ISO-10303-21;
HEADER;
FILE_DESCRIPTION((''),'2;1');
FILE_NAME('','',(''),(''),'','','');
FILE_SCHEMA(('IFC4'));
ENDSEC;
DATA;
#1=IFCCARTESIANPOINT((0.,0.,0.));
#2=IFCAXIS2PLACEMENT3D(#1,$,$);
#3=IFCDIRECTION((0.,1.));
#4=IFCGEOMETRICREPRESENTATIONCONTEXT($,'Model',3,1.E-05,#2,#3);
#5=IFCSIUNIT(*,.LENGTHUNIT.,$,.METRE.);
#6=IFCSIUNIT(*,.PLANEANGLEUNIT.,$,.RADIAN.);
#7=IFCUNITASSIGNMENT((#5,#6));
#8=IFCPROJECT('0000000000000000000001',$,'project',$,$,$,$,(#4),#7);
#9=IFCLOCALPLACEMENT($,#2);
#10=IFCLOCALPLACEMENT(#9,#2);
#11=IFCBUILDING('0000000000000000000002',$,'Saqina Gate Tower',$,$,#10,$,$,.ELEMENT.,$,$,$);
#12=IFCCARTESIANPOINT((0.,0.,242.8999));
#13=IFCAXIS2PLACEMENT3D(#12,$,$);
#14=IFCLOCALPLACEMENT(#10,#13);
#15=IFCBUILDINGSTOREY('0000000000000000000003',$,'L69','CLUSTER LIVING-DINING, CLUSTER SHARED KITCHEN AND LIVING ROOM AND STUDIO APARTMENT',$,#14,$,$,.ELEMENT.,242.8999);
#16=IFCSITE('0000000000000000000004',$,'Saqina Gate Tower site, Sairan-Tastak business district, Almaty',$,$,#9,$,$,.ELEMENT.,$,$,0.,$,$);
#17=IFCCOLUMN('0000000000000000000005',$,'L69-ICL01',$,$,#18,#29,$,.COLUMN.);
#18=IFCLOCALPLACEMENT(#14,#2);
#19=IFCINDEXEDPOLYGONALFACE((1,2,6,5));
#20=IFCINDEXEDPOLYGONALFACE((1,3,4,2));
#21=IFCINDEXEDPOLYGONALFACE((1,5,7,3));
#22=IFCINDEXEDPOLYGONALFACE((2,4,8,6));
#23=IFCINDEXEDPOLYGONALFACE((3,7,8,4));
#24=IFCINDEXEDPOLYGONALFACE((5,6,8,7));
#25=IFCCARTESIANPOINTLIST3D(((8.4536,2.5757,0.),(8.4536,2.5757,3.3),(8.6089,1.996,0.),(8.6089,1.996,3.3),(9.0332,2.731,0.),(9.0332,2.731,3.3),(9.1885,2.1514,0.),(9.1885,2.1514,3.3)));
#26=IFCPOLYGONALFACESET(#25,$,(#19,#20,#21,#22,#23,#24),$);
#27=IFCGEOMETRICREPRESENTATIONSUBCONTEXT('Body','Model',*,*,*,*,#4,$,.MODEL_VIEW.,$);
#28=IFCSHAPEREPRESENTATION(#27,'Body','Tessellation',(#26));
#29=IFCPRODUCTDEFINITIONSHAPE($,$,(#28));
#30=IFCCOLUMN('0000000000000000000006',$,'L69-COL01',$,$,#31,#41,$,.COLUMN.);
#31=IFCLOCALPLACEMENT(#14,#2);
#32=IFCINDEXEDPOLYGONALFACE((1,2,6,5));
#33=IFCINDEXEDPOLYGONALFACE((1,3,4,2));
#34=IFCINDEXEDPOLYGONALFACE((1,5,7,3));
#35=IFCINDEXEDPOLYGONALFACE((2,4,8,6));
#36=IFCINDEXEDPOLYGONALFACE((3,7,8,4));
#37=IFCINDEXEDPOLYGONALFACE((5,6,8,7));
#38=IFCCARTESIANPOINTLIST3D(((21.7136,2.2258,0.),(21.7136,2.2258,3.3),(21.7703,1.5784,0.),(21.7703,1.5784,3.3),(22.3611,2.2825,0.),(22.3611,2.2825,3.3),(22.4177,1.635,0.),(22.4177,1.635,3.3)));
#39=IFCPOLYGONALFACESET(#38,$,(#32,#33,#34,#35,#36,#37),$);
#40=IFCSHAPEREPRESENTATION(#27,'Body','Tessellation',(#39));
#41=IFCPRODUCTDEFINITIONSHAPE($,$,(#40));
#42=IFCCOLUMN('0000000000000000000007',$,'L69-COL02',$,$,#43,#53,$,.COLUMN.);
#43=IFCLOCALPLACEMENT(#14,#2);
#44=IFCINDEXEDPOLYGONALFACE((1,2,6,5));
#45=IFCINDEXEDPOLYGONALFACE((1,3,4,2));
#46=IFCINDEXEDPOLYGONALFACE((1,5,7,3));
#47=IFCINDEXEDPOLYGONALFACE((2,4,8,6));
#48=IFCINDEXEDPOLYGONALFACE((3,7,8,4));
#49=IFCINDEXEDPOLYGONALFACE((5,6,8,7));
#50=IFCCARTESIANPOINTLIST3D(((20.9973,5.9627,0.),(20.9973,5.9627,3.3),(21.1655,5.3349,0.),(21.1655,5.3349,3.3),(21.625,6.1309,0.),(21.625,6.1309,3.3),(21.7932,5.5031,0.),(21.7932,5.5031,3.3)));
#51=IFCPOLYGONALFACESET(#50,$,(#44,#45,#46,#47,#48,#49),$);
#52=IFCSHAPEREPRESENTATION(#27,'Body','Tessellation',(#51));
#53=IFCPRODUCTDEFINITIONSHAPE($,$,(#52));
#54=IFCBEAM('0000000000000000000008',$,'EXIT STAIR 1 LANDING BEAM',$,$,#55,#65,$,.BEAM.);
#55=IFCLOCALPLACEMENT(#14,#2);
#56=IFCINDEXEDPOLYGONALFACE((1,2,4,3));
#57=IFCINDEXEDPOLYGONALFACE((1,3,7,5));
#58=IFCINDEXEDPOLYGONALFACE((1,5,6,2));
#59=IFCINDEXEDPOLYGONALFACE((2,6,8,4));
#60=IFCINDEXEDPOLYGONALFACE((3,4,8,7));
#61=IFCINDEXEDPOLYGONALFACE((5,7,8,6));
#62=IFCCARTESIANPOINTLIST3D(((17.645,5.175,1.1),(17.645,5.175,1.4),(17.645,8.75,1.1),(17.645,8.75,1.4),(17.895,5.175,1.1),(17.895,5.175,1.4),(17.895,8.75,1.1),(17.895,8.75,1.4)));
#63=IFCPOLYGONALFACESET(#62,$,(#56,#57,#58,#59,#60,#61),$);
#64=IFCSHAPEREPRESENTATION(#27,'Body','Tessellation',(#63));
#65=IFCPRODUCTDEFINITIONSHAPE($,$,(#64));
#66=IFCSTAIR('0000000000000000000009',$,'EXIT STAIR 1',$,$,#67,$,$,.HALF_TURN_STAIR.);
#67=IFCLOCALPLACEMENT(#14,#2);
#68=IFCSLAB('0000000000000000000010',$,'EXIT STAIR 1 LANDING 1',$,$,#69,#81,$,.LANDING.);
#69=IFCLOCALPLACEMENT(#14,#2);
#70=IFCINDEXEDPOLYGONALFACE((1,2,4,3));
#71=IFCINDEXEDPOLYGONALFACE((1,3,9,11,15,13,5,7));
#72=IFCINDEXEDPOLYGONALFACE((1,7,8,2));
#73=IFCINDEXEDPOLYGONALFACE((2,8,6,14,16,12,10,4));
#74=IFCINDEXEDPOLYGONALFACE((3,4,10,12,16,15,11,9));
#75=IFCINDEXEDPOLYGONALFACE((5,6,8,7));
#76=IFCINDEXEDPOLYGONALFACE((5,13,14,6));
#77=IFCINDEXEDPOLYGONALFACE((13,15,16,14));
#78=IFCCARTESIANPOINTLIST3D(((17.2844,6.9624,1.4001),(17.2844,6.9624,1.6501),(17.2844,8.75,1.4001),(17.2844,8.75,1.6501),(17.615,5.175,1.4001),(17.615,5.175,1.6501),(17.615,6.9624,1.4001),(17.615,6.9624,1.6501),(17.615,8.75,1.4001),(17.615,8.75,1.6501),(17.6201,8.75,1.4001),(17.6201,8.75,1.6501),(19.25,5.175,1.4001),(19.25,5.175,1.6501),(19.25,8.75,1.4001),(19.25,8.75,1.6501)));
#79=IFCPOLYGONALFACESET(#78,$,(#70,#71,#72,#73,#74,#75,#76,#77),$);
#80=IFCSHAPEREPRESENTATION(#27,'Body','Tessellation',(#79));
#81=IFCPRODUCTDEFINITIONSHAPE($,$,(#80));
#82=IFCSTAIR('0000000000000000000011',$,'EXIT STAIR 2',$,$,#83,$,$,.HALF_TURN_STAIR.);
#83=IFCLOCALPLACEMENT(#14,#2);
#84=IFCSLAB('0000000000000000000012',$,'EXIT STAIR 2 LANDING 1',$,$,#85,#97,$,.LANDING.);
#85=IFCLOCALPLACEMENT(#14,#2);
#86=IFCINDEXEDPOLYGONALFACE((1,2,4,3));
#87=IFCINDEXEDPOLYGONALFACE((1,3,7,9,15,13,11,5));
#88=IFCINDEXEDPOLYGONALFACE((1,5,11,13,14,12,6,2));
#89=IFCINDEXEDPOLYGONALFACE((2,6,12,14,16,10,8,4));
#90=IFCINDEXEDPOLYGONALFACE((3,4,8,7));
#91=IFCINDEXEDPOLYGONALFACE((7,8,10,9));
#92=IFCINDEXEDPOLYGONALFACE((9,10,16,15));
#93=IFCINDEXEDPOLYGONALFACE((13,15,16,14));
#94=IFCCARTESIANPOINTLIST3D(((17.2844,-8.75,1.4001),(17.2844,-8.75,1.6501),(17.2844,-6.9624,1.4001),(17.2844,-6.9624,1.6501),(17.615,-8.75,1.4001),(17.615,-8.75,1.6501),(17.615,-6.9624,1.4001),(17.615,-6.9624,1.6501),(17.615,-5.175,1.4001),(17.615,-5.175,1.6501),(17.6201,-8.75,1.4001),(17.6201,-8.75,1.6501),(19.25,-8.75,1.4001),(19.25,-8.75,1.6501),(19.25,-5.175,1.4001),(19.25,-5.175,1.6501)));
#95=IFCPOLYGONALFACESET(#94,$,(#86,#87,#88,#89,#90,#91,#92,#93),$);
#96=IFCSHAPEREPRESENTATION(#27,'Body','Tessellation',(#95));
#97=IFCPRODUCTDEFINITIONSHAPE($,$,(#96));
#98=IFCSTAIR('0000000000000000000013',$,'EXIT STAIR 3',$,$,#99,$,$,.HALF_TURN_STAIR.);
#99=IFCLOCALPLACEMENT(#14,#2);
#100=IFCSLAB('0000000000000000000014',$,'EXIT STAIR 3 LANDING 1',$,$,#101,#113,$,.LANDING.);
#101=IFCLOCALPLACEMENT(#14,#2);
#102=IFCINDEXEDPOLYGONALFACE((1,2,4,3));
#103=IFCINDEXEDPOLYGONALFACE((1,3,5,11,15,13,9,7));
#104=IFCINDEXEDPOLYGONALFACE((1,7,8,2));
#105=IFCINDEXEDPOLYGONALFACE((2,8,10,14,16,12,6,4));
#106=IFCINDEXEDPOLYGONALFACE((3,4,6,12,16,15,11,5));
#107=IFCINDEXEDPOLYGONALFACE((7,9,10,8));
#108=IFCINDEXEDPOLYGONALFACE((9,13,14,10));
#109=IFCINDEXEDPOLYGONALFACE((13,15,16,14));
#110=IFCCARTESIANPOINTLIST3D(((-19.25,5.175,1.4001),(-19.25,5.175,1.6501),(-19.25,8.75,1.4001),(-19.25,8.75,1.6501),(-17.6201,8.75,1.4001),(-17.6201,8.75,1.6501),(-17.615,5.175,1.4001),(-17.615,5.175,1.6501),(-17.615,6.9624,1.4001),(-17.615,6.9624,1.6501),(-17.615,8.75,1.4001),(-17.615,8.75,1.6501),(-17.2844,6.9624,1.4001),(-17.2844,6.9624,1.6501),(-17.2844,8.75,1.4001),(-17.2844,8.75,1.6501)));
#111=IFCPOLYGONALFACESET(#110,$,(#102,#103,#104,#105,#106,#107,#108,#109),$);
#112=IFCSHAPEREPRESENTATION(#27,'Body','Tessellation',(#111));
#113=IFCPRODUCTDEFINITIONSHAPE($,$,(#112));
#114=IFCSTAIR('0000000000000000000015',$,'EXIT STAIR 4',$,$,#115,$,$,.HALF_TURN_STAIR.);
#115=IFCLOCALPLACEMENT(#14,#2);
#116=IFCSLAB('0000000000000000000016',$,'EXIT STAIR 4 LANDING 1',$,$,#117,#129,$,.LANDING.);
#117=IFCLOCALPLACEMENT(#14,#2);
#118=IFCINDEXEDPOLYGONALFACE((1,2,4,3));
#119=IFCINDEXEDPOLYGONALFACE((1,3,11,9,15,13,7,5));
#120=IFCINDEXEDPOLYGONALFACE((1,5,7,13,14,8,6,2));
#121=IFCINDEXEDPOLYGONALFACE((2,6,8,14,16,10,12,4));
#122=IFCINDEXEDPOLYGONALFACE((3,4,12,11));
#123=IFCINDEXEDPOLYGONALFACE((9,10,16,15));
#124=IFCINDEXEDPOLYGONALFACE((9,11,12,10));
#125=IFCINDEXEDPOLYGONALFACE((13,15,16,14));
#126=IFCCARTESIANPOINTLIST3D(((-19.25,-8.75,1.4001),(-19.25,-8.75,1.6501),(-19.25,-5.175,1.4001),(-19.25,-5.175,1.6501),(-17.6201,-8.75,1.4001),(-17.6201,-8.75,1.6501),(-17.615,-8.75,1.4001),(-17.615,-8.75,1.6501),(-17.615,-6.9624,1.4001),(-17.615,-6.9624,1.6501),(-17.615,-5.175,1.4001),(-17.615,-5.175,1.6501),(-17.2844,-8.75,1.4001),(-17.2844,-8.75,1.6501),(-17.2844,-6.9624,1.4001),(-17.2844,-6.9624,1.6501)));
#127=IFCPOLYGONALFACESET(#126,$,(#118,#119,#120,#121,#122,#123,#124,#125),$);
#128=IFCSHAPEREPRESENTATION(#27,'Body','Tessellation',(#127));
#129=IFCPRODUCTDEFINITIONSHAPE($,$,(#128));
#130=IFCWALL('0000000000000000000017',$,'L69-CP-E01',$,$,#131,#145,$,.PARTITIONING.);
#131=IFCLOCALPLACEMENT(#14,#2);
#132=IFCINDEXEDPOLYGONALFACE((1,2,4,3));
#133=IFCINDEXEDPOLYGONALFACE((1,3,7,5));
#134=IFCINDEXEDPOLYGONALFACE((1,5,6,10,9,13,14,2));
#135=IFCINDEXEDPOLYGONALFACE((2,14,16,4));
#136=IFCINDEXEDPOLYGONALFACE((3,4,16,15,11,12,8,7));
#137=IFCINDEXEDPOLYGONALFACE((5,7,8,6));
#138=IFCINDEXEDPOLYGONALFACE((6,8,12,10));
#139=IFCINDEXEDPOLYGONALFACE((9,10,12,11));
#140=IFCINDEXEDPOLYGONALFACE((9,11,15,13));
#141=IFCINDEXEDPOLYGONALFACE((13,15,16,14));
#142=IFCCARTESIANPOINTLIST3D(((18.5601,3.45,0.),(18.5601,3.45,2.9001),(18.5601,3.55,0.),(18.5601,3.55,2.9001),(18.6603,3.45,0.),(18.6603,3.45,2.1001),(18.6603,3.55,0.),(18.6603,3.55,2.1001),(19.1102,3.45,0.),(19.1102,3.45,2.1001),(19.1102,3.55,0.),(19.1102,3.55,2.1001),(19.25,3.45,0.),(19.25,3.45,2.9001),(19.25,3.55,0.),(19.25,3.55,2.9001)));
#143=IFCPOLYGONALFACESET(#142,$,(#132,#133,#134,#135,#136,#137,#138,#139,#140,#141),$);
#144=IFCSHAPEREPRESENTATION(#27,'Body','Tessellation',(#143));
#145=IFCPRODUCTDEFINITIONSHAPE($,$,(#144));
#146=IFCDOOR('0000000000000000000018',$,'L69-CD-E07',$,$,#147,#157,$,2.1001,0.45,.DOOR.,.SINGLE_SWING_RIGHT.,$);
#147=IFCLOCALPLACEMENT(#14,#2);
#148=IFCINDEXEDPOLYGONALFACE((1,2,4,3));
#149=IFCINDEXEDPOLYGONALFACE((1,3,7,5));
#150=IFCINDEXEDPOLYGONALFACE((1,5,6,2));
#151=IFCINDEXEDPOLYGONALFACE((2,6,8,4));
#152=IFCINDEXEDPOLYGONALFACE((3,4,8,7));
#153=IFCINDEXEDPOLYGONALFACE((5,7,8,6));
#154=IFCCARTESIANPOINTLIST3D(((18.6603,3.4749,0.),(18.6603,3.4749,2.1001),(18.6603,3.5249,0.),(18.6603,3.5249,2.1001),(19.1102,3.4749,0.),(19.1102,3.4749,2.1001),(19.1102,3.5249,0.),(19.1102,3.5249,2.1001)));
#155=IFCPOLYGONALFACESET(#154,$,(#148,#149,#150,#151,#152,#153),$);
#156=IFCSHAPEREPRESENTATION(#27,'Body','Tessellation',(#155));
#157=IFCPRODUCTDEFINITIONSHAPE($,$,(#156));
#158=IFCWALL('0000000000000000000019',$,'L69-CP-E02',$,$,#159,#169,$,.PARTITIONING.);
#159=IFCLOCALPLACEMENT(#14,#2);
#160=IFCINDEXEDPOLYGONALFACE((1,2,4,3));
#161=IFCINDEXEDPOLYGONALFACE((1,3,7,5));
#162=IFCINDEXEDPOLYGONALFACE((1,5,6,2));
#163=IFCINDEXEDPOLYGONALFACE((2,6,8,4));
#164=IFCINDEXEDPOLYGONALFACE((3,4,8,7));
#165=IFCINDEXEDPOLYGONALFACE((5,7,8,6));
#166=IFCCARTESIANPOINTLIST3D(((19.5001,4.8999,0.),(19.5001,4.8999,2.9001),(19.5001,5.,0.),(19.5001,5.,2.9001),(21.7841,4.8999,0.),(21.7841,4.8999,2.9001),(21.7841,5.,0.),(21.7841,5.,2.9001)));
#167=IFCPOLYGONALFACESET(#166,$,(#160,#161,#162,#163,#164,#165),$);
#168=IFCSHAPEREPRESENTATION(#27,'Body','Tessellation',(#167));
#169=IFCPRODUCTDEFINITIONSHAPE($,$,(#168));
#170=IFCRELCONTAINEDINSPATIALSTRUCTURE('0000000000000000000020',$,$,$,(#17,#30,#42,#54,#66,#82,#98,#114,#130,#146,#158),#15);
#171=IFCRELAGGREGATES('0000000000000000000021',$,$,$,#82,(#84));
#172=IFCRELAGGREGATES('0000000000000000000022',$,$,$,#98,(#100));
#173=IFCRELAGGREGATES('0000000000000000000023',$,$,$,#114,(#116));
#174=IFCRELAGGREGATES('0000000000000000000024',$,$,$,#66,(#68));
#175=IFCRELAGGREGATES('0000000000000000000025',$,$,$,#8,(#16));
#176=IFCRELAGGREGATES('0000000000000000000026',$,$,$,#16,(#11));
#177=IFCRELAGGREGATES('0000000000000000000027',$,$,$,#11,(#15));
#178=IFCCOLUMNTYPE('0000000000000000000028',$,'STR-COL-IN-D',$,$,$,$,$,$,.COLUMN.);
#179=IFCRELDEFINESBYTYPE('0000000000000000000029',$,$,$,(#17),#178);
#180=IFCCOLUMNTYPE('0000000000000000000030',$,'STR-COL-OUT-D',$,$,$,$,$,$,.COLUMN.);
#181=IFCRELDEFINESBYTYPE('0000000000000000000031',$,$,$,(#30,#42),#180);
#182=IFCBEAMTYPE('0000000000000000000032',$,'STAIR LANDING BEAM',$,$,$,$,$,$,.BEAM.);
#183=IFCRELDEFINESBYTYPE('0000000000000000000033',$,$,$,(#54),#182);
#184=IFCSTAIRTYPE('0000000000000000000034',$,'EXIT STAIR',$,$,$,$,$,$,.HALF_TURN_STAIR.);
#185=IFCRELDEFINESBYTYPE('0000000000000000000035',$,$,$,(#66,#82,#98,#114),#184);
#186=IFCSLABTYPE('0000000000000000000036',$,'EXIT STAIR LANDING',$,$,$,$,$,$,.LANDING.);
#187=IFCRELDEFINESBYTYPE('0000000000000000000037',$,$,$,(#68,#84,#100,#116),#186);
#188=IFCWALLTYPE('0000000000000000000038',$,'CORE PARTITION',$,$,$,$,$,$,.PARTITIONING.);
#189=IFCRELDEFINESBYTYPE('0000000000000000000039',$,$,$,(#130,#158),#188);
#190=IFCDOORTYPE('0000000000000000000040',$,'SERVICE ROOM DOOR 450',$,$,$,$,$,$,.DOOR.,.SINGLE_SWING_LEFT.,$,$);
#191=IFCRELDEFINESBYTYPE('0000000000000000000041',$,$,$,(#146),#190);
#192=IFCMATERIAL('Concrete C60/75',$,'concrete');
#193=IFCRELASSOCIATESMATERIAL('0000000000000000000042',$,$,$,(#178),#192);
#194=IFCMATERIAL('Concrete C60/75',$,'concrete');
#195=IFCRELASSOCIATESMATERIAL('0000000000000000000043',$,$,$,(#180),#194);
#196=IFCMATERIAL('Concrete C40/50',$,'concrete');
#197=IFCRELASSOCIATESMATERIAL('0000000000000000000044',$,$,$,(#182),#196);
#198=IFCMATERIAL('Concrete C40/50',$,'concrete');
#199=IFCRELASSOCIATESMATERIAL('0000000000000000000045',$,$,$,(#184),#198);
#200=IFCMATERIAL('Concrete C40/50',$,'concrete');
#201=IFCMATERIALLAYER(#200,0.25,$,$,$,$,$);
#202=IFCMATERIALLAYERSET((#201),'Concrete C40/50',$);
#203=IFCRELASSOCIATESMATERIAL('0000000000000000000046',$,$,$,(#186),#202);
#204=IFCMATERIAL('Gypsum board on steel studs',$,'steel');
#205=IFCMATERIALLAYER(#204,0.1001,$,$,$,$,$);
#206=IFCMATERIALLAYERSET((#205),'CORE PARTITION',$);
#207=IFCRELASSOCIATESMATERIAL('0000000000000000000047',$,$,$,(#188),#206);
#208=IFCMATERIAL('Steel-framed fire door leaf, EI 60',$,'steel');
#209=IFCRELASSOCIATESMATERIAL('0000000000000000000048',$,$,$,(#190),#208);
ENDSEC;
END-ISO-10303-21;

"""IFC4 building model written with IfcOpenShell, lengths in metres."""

from ifc_helpers import new_model, si_unit, direction, frame, frame_2d, origin, origin_2d, place, context, subcontext, project, spatial, polyline, rectangle, outline, extrude, material, layer, layer_set, material_profile, profile_set, type_object, element, fill, aggregate, save


model = new_model("IFC4")

# Units and contexts
model_context = context("Model", 3, precision=1e-05, world=origin(), true_north=direction((0.0, 1.0)))
body_context = subcontext(model_context, "Body", "Model", "MODEL_VIEW")
ifc_project = project(units=[si_unit("LENGTHUNIT", "METRE"), si_unit("PLANEANGLEUNIT", "RADIAN")], contexts=[model_context])

# Site, building, storey
site_placement = place(None, origin())
site = spatial("IfcSite", under=ifc_project, at=site_placement, Name="Saqina Gate Tower site, Sairan-Tastak business district, Almaty", CompositionType="ELEMENT", RefElevation=0.0)
building_placement = place(site_placement, origin())
building = spatial("IfcBuilding", under=site, at=building_placement, Name="Saqina Gate Tower", CompositionType="ELEMENT")
storey_placement = place(building_placement, frame((0.0, 0.0, 242.8999)))
storey = spatial("IfcBuildingStorey", under=building, at=storey_placement, Name="L69", Description="CLUSTER LIVING-DINING, CLUSTER SHARED KITCHEN AND LIVING ROOM AND STUDIO APARTMENT", CompositionType="ELEMENT", Elevation=242.8999)

# Columns
ifc_material_1 = material(Name="Concrete C60/75", Category="concrete")
ifc_material_profile_1 = material_profile(ifc_material_1, rectangle(XDim=0.6001, YDim=0.6001, at=origin_2d()), Name="RC 600x600")
ifc_profile_set_1 = profile_set([ifc_material_profile_1], Name="Concrete C60/75")
column_type_1 = type_object("IfcColumnType", Name="STR-COL-IN-D", PredefinedType="COLUMN", material=ifc_profile_set_1)
column_placement = place(storey_placement, frame((8.821, 2.3635, 0.0), z_axis=(0.0, 0.0, 1.0), x_axis=(0.965926, 0.258819, 0.0)))
element("IfcColumn", 1, at=column_placement, inside=storey, type_object=column_type_1, Name="L69-ICL01", PredefinedType="COLUMN", context=body_context, shape_type="SweptSolid", body=[
    extrude(rectangle(XDim=0.6001, YDim=0.6001, at=origin_2d()), origin(), (0.0, 0.0, 1.0), 3.3),
])
ifc_material_2 = material(Name="Concrete C60/75", Category="concrete")
ifc_material_profile_2 = material_profile(ifc_material_2, rectangle(XDim=0.6499, YDim=0.6499, at=origin_2d()), Name="RC 650x650")
ifc_profile_set_2 = profile_set([ifc_material_profile_2], Name="Concrete C60/75")
column_type_2 = type_object("IfcColumnType", Name="STR-COL-OUT-D", PredefinedType="COLUMN", material=ifc_profile_set_2)
for number, where, z_axis, x_axis, name in (
    (2, (22.0657, 1.9304, 0.0), (0.0, 0.0, 1.0), (0.996195, 0.087156, 0.0), "L69-COL01"),
    (3, (21.3953, 5.7329, 0.0), (0.0, 0.0, 1.0), (0.965926, 0.258819, 0.0), "L69-COL02"),
):
    element("IfcColumn", number, at=place(storey_placement, frame(where, z_axis=z_axis, x_axis=x_axis)), inside=storey, type_object=column_type_2, Name=name, PredefinedType="COLUMN", context=body_context, shape_type="SweptSolid", body=[
        extrude(rectangle(XDim=0.6499, YDim=0.6499, at=origin_2d()), origin(), (0.0, 0.0, 1.0), 3.3),
    ])

# Beam
ifc_material_3 = material(Name="Concrete C40/50", Category="concrete")
ifc_material_profile_3 = material_profile(ifc_material_3, rectangle(XDim=0.25, YDim=0.3, at=origin_2d()), Name="STAIR LANDING BEAM")
ifc_profile_set_3 = profile_set([ifc_material_profile_3], Name="Concrete C40/50")
beam_type = type_object("IfcBeamType", Name="STAIR LANDING BEAM", PredefinedType="BEAM", material=ifc_profile_set_3)
beam_placement = place(storey_placement, frame((17.77, 5.175, 1.25), z_axis=(0.0, 1.0, 0.0), x_axis=(-1.0, 0.0, 0.0)))
element("IfcBeam", 4, at=beam_placement, inside=storey, type_object=beam_type, Name="EXIT STAIR 1 LANDING BEAM", PredefinedType="BEAM", context=body_context, shape_type="SweptSolid", body=[
    extrude(rectangle(XDim=0.25, YDim=0.3, at=origin_2d()), origin(), (0.0, 0.0, 1.0), 3.575),
])

# Stairs, slabs
ifc_material_4 = material(Name="Concrete C40/50", Category="concrete")
stair_type = type_object("IfcStairType", Name="EXIT STAIR", PredefinedType="HALF_TURN_STAIR", material=ifc_material_4)
stair_1_placement = place(storey_placement, origin())
stair_1 = element("IfcStair", 5, at=stair_1_placement, inside=storey, type_object=stair_type, Name="EXIT STAIR 1", PredefinedType="HALF_TURN_STAIR")
ifc_material_5 = material(Name="Concrete C40/50", Category="concrete")
ifc_layer_1 = layer(ifc_material_5, 0.25)
ifc_layer_set_1 = layer_set([ifc_layer_1], Name="Concrete C40/50")
slab_type = type_object("IfcSlabType", Name="EXIT STAIR LANDING", PredefinedType="LANDING", material=ifc_layer_set_1)
slab_1_placement = place(storey_placement, frame((0.0, 0.0, 1.4001)))
slab_1 = element("IfcSlab", 6, at=slab_1_placement, type_object=slab_type, Name="EXIT STAIR 1 LANDING 1", PredefinedType="LANDING", context=body_context, shape_type="SweptSolid", body=[
    extrude(outline(polyline([(19.25, 8.75), (19.25, 5.175), (17.615, 5.175), (17.615, 6.9624), (17.2844, 6.9624), (17.2844, 8.75), (17.615, 8.75), (17.6201, 8.75), (19.25, 8.75)])), origin(), (0.0, 0.0, 1.0), 0.25),
])
stair_2_placement = place(storey_placement, origin())
stair_2 = element("IfcStair", 7, at=stair_2_placement, inside=storey, type_object=stair_type, Name="EXIT STAIR 2", PredefinedType="HALF_TURN_STAIR")
slab_2_placement = place(storey_placement, frame((0.0, 0.0, 1.4001)))
slab_2 = element("IfcSlab", 8, at=slab_2_placement, type_object=slab_type, Name="EXIT STAIR 2 LANDING 1", PredefinedType="LANDING", context=body_context, shape_type="SweptSolid", body=[
    extrude(outline(polyline([(17.2844, -8.75), (17.2844, -6.9624), (17.615, -6.9624), (17.615, -5.175), (19.25, -5.175), (19.25, -8.75), (17.6201, -8.75), (17.615, -8.75), (17.2844, -8.75)])), origin(), (0.0, 0.0, 1.0), 0.25),
])
aggregate(stair_2, [slab_2])
stair_3_placement = place(storey_placement, origin())
stair_3 = element("IfcStair", 9, at=stair_3_placement, inside=storey, type_object=stair_type, Name="EXIT STAIR 3", PredefinedType="HALF_TURN_STAIR")
slab_3_placement = place(storey_placement, frame((0.0, 0.0, 1.4001)))
slab_3 = element("IfcSlab", 10, at=slab_3_placement, type_object=slab_type, Name="EXIT STAIR 3 LANDING 1", PredefinedType="LANDING", context=body_context, shape_type="SweptSolid", body=[
    extrude(outline(polyline([(-17.615, 5.175), (-19.25, 5.175), (-19.25, 8.75), (-17.6201, 8.75), (-17.615, 8.75), (-17.2844, 8.75), (-17.2844, 6.9624), (-17.615, 6.9624), (-17.615, 5.175)])), origin(), (0.0, 0.0, 1.0), 0.25),
])
aggregate(stair_3, [slab_3])
stair_4_placement = place(storey_placement, origin())
stair_4 = element("IfcStair", 11, at=stair_4_placement, inside=storey, type_object=stair_type, Name="EXIT STAIR 4", PredefinedType="HALF_TURN_STAIR")
slab_4_placement = place(storey_placement, frame((0.0, 0.0, 1.4001)))
slab_4 = element("IfcSlab", 12, at=slab_4_placement, type_object=slab_type, Name="EXIT STAIR 4 LANDING 1", PredefinedType="LANDING", context=body_context, shape_type="SweptSolid", body=[
    extrude(outline(polyline([(-17.2844, -6.9624), (-17.2844, -8.75), (-17.615, -8.75), (-17.6201, -8.75), (-19.25, -8.75), (-19.25, -5.175), (-17.615, -5.175), (-17.615, -6.9624), (-17.2844, -6.9624)])), origin(), (0.0, 0.0, 1.0), 0.25),
])
aggregate(stair_4, [slab_4])

# Wall, opening, door
ifc_material_6 = material(Name="Gypsum board on steel studs", Category="steel")
ifc_layer_2 = layer(ifc_material_6, 0.1001)
ifc_layer_set_2 = layer_set([ifc_layer_2], Name="CORE PARTITION")
wall_type_1 = type_object("IfcWallType", Name="CORE PARTITION", PredefinedType="PARTITIONING", material=ifc_layer_set_2)
wall_1_placement = place(storey_placement, frame((18.5601, 3.5, 0.0), z_axis=(0.0, 0.0, 1.0), x_axis=(1.0, 0.0, 0.0)))
wall_1 = element("IfcWall", 13, at=wall_1_placement, inside=storey, type_object=wall_type_1, Name="L69-CP-E01", PredefinedType="PARTITIONING", context=body_context, shape_type="SweptSolid", body=[
    extrude(rectangle(XDim=0.6899, YDim=0.1001, at=frame_2d((0.345, 0.0))), origin(), (0.0, 0.0, 1.0), 2.9001),
])
opening_1_placement = place(wall_1_placement, frame((0.1001, 0.0, 0.0)))
opening_1 = element("IfcOpeningElement", 14, at=opening_1_placement, cuts=wall_1, PredefinedType="OPENING", context=body_context, shape_type="SweptSolid", body=[
    extrude(rectangle(XDim=0.45, YDim=2.1001, at=frame_2d((0.2251, 1.05))), frame((0.0, 0.062, 0.0), z_axis=(0.0, -1.0, 0.0), x_axis=(1.0, 0.0, 0.0)), (0.0, 0.0, 1.0), 0.124),
])
ifc_material_7 = material(Name="Steel-framed fire door leaf, EI 60", Category="steel")
door_type_1 = type_object("IfcDoorType", Name="SERVICE ROOM DOOR 450", OperationType="SINGLE_SWING_LEFT", PredefinedType="DOOR", material=ifc_material_7)
door_1_placement = place(opening_1_placement, origin())
door_1 = element("IfcDoor", 15, at=door_1_placement, inside=storey, type_object=door_type_1, Name="L69-CD-E07", OperationType="SINGLE_SWING_RIGHT", OverallHeight=2.1001, OverallWidth=0.45, PredefinedType="DOOR", context=body_context, shape_type="SweptSolid", body=[
    extrude(rectangle(XDim=0.45, YDim=2.1001, at=frame_2d((0.2251, 1.05))), frame((0.0, 0.0249, 0.0), z_axis=(0.0, -1.0, 0.0), x_axis=(1.0, 0.0, 0.0)), (0.0, 0.0, 1.0), 0.05),
])
fill(opening_1, door_1)

# Wall
wall_2_placement = place(storey_placement, frame((19.5, 4.95, 0.0), z_axis=(0.0, 0.0, 1.0), x_axis=(1.0, 0.0, 0.0)))
element("IfcWall", 16, at=wall_2_placement, inside=storey, type_object=wall_type_1, Name="L69-CP-E02", PredefinedType="PARTITIONING", context=body_context, shape_type="SweptSolid", body=[
    extrude(rectangle(XDim=2.2839, YDim=0.1001, at=frame_2d((1.1421, 0.0))), origin(), (0.0, 0.0, 1.0), 2.9001),
])

aggregate(stair_1, [slab_1])

save(model, "model.ifc")
